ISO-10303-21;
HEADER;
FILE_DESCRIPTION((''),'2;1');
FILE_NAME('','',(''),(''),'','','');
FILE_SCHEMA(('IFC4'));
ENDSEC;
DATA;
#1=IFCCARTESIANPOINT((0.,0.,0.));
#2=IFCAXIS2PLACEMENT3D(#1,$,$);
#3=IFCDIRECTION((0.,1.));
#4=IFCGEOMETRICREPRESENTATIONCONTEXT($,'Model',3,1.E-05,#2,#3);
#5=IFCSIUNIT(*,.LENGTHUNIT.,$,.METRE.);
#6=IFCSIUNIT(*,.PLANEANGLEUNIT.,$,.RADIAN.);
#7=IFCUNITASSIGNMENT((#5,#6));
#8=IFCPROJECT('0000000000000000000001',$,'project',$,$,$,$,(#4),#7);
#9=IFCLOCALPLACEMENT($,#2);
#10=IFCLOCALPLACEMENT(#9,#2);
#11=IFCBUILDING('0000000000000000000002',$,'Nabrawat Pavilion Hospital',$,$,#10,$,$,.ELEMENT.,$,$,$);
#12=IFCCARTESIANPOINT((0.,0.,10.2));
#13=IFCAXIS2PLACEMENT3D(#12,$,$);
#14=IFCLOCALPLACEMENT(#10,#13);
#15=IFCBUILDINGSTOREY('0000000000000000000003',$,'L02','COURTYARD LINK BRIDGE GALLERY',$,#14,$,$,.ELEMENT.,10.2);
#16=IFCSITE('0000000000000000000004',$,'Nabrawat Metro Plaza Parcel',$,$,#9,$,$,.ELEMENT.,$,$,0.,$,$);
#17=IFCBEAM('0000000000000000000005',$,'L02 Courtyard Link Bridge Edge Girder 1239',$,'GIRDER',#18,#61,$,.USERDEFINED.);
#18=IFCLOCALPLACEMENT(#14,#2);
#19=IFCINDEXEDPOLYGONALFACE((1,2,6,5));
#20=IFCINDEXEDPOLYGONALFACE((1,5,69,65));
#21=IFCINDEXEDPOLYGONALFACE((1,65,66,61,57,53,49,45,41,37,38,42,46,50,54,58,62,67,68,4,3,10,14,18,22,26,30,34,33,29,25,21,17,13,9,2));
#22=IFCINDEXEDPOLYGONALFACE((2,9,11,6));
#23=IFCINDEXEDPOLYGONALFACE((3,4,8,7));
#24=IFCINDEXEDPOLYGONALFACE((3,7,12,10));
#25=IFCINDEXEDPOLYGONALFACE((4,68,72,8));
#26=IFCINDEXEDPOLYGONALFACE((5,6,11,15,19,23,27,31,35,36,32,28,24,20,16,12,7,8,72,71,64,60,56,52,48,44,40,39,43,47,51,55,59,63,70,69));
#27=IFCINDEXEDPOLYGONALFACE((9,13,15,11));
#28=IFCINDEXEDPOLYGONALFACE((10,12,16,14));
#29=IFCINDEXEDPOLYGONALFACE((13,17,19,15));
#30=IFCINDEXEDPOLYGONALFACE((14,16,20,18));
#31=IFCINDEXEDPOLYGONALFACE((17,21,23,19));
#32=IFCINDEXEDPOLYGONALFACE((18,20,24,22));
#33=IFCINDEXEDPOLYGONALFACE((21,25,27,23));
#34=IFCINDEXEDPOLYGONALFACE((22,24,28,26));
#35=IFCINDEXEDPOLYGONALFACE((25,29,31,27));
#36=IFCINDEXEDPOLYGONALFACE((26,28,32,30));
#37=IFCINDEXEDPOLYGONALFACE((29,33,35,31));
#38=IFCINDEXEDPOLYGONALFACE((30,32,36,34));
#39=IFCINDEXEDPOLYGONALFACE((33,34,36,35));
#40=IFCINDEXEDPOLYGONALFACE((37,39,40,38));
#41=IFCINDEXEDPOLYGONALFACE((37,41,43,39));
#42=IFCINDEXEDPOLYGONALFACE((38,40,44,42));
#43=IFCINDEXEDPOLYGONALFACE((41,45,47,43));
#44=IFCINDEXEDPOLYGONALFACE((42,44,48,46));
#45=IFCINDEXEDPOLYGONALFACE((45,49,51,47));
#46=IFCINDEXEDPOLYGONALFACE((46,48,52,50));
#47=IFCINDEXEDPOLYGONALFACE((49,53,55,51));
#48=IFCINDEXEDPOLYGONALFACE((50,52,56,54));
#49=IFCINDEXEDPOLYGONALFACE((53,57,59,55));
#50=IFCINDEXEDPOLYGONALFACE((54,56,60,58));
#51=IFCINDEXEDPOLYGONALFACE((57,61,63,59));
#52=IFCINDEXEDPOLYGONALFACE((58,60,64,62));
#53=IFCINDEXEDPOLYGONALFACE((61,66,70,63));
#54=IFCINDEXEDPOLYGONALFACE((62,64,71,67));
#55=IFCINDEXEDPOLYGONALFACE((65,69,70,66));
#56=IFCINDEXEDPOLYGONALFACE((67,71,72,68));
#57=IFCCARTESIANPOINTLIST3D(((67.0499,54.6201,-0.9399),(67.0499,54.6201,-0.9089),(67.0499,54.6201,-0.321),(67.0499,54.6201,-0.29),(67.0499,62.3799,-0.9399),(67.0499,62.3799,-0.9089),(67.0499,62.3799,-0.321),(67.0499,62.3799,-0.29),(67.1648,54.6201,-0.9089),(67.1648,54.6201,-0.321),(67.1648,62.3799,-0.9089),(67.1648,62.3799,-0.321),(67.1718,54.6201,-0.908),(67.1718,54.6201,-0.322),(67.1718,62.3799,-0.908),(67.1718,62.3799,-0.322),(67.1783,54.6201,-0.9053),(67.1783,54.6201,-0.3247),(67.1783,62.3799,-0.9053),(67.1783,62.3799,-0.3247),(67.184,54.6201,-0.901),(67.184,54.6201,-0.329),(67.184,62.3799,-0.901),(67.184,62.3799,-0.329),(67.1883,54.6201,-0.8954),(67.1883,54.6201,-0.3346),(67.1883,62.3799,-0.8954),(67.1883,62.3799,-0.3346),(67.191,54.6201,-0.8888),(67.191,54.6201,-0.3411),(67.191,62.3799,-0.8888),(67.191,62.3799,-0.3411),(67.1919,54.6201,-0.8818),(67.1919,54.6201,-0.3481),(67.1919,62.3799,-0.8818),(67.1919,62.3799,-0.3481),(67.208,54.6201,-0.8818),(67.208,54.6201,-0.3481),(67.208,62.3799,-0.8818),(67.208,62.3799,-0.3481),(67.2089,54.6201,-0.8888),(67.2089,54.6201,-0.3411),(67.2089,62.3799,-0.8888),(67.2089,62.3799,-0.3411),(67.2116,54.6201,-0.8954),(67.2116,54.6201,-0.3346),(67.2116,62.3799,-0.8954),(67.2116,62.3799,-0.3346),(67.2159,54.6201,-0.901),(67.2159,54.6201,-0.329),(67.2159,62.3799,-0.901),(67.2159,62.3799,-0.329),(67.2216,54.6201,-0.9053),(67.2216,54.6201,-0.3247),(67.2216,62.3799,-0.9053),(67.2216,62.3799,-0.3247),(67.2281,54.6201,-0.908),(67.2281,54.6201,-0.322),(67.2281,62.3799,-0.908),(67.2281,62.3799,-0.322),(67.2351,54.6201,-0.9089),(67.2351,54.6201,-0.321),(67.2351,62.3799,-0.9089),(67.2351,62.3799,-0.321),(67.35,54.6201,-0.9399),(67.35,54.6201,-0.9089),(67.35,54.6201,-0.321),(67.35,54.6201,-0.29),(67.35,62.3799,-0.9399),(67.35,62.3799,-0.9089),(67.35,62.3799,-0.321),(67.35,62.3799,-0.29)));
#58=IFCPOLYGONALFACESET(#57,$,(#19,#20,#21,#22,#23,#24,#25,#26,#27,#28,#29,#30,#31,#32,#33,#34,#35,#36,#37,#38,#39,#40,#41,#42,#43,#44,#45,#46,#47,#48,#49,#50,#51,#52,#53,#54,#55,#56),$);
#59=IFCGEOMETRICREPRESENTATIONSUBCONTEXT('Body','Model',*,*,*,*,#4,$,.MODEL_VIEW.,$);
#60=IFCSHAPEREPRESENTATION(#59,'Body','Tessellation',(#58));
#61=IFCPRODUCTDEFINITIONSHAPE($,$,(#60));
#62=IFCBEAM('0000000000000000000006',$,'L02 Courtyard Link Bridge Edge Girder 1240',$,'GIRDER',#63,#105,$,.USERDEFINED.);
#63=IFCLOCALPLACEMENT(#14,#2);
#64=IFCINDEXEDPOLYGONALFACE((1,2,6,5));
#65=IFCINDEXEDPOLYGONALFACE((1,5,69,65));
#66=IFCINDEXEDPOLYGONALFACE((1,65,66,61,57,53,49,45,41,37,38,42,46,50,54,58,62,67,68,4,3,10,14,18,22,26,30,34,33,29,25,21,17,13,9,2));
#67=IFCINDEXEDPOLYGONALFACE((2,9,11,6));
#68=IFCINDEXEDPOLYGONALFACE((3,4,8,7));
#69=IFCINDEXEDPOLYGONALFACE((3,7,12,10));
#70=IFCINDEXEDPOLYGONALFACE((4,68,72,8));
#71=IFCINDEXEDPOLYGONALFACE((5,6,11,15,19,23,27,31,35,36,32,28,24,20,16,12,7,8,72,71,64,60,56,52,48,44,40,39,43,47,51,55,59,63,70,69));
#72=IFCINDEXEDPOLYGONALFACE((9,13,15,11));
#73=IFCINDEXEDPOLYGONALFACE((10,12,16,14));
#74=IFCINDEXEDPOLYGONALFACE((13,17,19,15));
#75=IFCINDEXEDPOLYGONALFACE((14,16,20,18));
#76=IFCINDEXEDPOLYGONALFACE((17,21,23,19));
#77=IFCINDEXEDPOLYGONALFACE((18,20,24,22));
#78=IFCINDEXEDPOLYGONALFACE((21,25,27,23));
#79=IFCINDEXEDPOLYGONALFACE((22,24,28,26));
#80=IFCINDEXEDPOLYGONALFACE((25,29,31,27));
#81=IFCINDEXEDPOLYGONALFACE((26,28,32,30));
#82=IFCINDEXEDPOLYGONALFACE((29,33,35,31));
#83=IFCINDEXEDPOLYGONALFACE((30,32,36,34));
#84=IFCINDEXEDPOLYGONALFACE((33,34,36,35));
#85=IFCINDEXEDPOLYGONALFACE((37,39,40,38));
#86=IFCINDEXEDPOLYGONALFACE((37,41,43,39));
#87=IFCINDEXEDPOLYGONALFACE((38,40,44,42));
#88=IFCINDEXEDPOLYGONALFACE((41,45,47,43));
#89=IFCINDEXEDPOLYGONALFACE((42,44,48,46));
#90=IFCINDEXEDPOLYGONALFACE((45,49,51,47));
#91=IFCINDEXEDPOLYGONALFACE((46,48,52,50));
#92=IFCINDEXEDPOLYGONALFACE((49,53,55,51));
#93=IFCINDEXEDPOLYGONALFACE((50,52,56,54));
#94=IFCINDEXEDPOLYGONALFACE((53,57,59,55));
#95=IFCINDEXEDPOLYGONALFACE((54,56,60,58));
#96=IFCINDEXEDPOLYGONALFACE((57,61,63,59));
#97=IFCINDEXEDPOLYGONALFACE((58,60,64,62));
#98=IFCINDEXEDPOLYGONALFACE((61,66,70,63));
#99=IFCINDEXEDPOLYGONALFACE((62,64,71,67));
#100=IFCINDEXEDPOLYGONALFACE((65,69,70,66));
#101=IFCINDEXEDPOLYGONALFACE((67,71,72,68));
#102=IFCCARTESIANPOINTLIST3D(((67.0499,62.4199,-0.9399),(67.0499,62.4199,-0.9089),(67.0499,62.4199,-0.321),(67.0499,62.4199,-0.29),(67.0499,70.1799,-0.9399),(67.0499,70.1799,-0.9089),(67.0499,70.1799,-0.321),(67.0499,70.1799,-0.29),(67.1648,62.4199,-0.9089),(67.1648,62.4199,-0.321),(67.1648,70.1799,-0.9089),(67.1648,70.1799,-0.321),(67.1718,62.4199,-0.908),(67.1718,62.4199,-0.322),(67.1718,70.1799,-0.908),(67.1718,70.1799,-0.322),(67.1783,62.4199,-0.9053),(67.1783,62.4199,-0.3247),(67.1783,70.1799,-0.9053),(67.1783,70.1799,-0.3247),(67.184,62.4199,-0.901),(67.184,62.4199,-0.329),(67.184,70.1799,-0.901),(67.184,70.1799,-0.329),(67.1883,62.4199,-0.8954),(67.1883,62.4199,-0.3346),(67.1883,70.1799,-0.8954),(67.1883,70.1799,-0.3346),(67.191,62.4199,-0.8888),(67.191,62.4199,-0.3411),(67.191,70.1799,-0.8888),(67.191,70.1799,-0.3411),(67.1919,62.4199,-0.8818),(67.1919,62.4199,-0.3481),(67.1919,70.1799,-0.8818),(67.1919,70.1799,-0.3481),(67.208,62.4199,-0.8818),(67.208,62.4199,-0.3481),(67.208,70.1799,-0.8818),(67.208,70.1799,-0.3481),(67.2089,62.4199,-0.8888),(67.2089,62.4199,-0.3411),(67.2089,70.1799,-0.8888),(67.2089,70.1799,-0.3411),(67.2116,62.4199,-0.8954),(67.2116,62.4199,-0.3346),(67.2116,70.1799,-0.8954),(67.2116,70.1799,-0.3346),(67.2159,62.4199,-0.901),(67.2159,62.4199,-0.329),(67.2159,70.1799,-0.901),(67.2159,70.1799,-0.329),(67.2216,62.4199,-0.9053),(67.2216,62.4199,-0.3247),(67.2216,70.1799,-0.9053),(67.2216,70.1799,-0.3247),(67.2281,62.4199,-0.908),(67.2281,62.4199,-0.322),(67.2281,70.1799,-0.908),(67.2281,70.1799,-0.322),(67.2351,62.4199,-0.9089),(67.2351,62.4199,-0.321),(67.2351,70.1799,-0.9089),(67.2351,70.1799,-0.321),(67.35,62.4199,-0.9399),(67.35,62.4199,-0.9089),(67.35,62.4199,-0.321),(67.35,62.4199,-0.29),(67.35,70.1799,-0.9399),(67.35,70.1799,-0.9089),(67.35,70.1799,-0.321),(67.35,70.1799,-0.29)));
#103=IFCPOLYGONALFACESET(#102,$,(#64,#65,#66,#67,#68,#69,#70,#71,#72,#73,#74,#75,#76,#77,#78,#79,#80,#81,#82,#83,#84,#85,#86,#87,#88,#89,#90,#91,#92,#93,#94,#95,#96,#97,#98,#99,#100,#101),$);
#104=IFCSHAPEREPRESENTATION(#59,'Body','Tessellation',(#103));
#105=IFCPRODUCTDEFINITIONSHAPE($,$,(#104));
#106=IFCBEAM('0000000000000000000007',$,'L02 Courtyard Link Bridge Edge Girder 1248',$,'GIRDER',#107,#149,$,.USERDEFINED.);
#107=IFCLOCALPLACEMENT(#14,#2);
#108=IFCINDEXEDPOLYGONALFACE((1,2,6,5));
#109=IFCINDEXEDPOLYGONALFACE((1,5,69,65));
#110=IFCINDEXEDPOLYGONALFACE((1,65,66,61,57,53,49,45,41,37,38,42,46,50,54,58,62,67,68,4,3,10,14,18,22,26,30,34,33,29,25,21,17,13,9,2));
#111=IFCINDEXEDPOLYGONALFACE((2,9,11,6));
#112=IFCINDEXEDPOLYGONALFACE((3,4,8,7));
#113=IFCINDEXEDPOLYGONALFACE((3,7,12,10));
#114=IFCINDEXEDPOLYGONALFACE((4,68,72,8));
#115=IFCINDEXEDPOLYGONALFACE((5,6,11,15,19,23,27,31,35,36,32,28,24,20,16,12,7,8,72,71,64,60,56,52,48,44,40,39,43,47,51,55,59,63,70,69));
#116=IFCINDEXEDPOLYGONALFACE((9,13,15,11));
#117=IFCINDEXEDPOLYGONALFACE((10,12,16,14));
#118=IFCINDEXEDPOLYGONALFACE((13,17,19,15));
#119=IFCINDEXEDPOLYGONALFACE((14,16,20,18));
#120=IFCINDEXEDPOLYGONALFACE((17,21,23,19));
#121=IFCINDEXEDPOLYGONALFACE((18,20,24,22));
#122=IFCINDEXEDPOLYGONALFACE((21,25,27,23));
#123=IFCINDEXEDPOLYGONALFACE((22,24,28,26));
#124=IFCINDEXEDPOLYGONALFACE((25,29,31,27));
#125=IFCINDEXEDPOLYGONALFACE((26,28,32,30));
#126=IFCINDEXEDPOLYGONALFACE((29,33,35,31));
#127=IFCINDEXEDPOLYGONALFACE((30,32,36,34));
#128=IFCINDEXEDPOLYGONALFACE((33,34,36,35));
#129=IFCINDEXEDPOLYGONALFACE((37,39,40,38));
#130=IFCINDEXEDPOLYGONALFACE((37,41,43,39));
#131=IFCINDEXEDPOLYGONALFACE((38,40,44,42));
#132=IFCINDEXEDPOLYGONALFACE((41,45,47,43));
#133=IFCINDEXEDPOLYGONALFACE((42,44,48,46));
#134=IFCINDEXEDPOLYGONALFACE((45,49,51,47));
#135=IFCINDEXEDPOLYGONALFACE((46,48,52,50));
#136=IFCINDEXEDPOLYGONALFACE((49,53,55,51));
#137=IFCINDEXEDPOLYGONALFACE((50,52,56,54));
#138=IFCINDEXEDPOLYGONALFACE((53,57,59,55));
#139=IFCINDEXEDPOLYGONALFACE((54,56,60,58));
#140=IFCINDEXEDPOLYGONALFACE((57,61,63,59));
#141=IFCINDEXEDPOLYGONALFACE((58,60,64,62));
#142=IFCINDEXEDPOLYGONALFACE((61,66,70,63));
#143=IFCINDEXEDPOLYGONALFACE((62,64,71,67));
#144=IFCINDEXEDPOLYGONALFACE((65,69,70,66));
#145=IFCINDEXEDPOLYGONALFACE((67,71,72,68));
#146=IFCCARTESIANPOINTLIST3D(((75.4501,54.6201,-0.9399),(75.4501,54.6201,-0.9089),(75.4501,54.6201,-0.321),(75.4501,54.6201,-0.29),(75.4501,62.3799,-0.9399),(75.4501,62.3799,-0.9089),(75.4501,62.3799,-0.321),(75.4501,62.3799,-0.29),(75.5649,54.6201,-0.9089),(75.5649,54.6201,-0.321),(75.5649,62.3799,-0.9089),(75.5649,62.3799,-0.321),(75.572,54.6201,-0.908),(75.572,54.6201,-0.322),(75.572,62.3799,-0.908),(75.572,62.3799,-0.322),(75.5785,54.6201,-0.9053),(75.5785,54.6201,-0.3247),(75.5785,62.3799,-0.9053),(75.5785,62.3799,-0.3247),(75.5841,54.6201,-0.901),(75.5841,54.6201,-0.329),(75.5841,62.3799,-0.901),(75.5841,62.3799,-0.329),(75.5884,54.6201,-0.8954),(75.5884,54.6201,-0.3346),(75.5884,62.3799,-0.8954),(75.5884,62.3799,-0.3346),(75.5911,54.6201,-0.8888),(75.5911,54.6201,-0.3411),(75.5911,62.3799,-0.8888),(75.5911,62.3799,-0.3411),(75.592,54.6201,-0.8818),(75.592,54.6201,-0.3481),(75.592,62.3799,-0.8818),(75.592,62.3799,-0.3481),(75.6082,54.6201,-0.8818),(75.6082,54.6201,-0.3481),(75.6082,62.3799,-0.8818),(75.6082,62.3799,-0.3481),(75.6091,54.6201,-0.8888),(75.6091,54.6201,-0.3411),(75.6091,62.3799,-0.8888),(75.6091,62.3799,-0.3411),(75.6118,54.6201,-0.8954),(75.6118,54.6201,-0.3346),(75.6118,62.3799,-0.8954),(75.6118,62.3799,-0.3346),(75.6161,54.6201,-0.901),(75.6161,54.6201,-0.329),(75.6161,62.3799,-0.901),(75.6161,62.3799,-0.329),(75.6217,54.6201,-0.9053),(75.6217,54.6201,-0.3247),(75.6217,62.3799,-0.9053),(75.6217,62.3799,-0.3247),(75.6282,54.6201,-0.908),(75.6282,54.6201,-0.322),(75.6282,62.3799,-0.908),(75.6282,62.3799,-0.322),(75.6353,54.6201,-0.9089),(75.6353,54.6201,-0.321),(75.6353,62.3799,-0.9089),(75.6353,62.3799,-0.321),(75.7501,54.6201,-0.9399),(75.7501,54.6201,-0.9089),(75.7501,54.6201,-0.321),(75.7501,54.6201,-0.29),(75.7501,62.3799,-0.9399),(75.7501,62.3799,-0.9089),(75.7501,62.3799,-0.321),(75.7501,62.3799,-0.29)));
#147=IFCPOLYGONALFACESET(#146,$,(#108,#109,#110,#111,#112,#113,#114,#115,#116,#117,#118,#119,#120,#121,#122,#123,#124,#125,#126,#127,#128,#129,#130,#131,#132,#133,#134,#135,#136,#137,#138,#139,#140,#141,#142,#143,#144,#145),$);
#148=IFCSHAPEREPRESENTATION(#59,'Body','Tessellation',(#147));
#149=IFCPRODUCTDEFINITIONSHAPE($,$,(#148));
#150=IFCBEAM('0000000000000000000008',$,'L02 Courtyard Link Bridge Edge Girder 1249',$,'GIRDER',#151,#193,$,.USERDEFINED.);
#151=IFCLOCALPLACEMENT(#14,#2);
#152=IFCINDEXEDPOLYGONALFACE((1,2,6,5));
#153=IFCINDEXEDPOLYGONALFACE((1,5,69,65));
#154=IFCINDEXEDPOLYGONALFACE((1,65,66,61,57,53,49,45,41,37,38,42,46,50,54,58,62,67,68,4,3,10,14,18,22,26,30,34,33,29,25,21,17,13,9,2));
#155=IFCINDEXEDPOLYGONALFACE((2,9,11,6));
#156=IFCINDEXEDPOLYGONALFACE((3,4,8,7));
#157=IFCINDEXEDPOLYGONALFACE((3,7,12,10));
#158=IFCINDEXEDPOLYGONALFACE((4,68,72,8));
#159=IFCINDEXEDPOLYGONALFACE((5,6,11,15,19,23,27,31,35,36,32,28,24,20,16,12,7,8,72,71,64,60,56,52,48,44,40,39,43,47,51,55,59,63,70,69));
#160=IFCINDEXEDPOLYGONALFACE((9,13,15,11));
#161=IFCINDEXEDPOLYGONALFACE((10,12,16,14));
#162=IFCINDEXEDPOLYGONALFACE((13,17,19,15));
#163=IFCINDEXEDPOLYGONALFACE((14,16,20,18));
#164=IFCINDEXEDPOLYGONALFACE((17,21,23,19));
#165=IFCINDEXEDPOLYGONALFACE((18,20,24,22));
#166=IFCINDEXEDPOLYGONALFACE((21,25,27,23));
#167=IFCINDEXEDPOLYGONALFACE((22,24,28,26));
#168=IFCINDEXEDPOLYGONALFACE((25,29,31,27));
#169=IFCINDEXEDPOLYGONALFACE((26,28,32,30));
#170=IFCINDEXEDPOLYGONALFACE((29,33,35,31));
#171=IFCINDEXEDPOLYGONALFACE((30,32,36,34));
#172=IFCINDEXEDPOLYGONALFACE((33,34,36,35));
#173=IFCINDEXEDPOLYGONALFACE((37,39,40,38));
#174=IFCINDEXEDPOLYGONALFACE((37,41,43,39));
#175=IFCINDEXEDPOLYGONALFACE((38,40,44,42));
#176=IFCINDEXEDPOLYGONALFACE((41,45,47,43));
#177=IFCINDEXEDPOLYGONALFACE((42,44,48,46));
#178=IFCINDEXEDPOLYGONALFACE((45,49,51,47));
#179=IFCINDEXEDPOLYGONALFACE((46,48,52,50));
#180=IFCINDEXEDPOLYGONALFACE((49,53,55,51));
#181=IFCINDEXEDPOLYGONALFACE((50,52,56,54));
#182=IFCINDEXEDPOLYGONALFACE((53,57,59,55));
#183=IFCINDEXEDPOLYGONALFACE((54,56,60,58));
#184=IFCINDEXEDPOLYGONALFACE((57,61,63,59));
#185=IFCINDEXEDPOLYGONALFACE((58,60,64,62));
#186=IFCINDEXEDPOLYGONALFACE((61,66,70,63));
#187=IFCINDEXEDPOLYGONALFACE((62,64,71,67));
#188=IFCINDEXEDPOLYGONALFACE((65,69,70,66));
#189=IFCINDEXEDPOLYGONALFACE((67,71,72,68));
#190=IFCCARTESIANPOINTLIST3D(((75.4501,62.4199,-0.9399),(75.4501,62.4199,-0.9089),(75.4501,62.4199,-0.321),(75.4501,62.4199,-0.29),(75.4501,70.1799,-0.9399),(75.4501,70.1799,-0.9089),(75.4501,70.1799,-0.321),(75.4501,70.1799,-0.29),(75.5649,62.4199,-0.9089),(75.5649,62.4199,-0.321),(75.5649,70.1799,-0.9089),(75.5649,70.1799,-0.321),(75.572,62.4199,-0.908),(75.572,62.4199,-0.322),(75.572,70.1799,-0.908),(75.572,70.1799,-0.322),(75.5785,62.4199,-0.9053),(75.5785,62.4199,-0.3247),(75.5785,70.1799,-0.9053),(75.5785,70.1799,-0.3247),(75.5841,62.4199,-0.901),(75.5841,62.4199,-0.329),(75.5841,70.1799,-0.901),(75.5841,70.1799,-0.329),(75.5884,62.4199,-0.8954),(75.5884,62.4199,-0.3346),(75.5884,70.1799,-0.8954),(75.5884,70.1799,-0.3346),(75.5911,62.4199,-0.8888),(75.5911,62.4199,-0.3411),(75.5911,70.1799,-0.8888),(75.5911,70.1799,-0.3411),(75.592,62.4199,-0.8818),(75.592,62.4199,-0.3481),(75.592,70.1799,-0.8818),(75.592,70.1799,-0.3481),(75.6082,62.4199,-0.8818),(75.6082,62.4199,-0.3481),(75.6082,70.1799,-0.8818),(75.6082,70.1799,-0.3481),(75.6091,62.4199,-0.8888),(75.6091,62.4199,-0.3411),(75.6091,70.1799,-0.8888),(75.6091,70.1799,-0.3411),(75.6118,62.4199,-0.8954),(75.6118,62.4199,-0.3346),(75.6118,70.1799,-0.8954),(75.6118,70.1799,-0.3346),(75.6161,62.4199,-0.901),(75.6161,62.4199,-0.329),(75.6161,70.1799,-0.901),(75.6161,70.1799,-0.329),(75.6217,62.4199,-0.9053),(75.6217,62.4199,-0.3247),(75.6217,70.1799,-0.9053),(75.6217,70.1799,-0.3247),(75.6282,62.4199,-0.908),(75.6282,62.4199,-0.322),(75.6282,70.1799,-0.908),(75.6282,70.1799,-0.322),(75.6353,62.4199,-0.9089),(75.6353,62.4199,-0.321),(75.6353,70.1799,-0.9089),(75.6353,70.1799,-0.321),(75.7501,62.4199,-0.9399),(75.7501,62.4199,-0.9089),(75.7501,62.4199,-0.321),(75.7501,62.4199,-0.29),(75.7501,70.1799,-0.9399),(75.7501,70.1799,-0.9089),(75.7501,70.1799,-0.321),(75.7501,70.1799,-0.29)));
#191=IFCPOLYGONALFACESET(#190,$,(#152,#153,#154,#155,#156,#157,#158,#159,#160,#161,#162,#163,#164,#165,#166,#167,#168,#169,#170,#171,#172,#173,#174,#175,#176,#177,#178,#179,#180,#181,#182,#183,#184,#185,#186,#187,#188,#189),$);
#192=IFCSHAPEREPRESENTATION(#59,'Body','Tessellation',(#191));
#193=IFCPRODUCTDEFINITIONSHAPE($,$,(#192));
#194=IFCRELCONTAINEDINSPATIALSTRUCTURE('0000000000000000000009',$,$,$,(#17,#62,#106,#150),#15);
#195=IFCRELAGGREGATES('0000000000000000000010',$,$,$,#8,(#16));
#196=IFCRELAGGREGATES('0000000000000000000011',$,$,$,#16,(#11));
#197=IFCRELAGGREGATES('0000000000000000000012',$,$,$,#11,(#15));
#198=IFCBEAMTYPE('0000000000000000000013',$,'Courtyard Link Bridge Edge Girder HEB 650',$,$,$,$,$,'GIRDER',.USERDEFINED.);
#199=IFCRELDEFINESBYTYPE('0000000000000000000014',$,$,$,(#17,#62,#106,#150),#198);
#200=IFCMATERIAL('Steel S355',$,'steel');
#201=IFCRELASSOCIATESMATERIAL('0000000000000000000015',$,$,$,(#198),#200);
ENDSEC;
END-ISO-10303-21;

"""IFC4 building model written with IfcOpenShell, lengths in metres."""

from ifc_helpers import new_model, si_unit, direction, frame, origin, origin_2d, place, context, subcontext, project, spatial, i_section, extrude, material, material_profile, profile_set, type_object, element, save


model = new_model("IFC4")

# Units and contexts
model_context = context("Model", 3, precision=1e-05, world=origin(), true_north=direction((0.0, 1.0)))
body_context = subcontext(model_context, "Body", "Model", "MODEL_VIEW")
ifc_project = project(units=[si_unit("LENGTHUNIT", "METRE"), si_unit("PLANEANGLEUNIT", "RADIAN")], contexts=[model_context])

# Site, building, storey
site_placement = place(None, origin())
site = spatial("IfcSite", under=ifc_project, at=site_placement, Name="Nabrawat Metro Plaza Parcel", CompositionType="ELEMENT", RefElevation=0.0)
building_placement = place(site_placement, origin())
building = spatial("IfcBuilding", under=site, at=building_placement, Name="Nabrawat Pavilion Hospital", CompositionType="ELEMENT")
storey_placement = place(building_placement, frame((0.0, 0.0, 10.2)))
storey = spatial("IfcBuildingStorey", under=building, at=storey_placement, Name="L02", Description="COURTYARD LINK BRIDGE GALLERY", CompositionType="ELEMENT", Elevation=10.2)

# Beams
ifc_material_1 = material(Name="Steel S355", Category="steel")
ifc_material_profile_1 = material_profile(ifc_material_1, i_section(OverallWidth=0.3, OverallDepth=0.6499, WebThickness=0.0161, FlangeThickness=0.031, FilletRadius=0.0271, at=origin_2d()), Name="HEB 650")
ifc_profile_set_1 = profile_set([ifc_material_profile_1], Name="Steel S355")
beam_type_1 = type_object("IfcBeamType", Name="Courtyard Link Bridge Edge Girder HEB 650", ElementType="GIRDER", PredefinedType="USERDEFINED", material=ifc_profile_set_1)
beam_1_placement = place(storey_placement, frame((67.2, 54.6201, -0.615), z_axis=(0.0, 1.0, 0.0), x_axis=(-1.0, 0.0, 0.0)))
element("IfcBeam", 1, at=beam_1_placement, inside=storey, type_object=beam_type_1, Name="L02 Courtyard Link Bridge Edge Girder 1239", ObjectType="GIRDER", PredefinedType="USERDEFINED", context=body_context, shape_type="SweptSolid", body=[
    extrude(i_section(OverallWidth=0.3, OverallDepth=0.6499, WebThickness=0.0161, FlangeThickness=0.031, FilletRadius=0.0271, at=origin_2d()), origin(), (0.0, 0.0, 1.0), 7.7598),
])
beam_2_placement = place(storey_placement, frame((67.2, 62.4199, -0.615), z_axis=(0.0, 1.0, 0.0), x_axis=(-1.0, 0.0, 0.0)))
element("IfcBeam", 2, at=beam_2_placement, inside=storey, type_object=beam_type_1, Name="L02 Courtyard Link Bridge Edge Girder 1240", ObjectType="GIRDER", PredefinedType="USERDEFINED", context=body_context, shape_type="SweptSolid", body=[
    extrude(i_section(OverallWidth=0.3, OverallDepth=0.6499, WebThickness=0.0161, FlangeThickness=0.031, FilletRadius=0.0271, at=origin_2d()), origin(), (0.0, 0.0, 1.0), 7.76),
])
beam_3_placement = place(storey_placement, frame((75.6001, 54.6201, -0.615), z_axis=(0.0, 1.0, 0.0), x_axis=(-1.0, 0.0, 0.0)))
element("IfcBeam", 3, at=beam_3_placement, inside=storey, type_object=beam_type_1, Name="L02 Courtyard Link Bridge Edge Girder 1248", ObjectType="GIRDER", PredefinedType="USERDEFINED", context=body_context, shape_type="SweptSolid", body=[
    extrude(i_section(OverallWidth=0.3, OverallDepth=0.6499, WebThickness=0.0161, FlangeThickness=0.031, FilletRadius=0.0271, at=origin_2d()), origin(), (0.0, 0.0, 1.0), 7.7598),
])
beam_4_placement = place(storey_placement, frame((75.6001, 62.4199, -0.615), z_axis=(0.0, 1.0, 0.0), x_axis=(-1.0, 0.0, 0.0)))
element("IfcBeam", 4, at=beam_4_placement, inside=storey, type_object=beam_type_1, Name="L02 Courtyard Link Bridge Edge Girder 1249", ObjectType="GIRDER", PredefinedType="USERDEFINED", context=body_context, shape_type="SweptSolid", body=[
    extrude(i_section(OverallWidth=0.3, OverallDepth=0.6499, WebThickness=0.0161, FlangeThickness=0.031, FilletRadius=0.0271, at=origin_2d()), origin(), (0.0, 0.0, 1.0), 7.76),
])

save(model, "model.ifc")
